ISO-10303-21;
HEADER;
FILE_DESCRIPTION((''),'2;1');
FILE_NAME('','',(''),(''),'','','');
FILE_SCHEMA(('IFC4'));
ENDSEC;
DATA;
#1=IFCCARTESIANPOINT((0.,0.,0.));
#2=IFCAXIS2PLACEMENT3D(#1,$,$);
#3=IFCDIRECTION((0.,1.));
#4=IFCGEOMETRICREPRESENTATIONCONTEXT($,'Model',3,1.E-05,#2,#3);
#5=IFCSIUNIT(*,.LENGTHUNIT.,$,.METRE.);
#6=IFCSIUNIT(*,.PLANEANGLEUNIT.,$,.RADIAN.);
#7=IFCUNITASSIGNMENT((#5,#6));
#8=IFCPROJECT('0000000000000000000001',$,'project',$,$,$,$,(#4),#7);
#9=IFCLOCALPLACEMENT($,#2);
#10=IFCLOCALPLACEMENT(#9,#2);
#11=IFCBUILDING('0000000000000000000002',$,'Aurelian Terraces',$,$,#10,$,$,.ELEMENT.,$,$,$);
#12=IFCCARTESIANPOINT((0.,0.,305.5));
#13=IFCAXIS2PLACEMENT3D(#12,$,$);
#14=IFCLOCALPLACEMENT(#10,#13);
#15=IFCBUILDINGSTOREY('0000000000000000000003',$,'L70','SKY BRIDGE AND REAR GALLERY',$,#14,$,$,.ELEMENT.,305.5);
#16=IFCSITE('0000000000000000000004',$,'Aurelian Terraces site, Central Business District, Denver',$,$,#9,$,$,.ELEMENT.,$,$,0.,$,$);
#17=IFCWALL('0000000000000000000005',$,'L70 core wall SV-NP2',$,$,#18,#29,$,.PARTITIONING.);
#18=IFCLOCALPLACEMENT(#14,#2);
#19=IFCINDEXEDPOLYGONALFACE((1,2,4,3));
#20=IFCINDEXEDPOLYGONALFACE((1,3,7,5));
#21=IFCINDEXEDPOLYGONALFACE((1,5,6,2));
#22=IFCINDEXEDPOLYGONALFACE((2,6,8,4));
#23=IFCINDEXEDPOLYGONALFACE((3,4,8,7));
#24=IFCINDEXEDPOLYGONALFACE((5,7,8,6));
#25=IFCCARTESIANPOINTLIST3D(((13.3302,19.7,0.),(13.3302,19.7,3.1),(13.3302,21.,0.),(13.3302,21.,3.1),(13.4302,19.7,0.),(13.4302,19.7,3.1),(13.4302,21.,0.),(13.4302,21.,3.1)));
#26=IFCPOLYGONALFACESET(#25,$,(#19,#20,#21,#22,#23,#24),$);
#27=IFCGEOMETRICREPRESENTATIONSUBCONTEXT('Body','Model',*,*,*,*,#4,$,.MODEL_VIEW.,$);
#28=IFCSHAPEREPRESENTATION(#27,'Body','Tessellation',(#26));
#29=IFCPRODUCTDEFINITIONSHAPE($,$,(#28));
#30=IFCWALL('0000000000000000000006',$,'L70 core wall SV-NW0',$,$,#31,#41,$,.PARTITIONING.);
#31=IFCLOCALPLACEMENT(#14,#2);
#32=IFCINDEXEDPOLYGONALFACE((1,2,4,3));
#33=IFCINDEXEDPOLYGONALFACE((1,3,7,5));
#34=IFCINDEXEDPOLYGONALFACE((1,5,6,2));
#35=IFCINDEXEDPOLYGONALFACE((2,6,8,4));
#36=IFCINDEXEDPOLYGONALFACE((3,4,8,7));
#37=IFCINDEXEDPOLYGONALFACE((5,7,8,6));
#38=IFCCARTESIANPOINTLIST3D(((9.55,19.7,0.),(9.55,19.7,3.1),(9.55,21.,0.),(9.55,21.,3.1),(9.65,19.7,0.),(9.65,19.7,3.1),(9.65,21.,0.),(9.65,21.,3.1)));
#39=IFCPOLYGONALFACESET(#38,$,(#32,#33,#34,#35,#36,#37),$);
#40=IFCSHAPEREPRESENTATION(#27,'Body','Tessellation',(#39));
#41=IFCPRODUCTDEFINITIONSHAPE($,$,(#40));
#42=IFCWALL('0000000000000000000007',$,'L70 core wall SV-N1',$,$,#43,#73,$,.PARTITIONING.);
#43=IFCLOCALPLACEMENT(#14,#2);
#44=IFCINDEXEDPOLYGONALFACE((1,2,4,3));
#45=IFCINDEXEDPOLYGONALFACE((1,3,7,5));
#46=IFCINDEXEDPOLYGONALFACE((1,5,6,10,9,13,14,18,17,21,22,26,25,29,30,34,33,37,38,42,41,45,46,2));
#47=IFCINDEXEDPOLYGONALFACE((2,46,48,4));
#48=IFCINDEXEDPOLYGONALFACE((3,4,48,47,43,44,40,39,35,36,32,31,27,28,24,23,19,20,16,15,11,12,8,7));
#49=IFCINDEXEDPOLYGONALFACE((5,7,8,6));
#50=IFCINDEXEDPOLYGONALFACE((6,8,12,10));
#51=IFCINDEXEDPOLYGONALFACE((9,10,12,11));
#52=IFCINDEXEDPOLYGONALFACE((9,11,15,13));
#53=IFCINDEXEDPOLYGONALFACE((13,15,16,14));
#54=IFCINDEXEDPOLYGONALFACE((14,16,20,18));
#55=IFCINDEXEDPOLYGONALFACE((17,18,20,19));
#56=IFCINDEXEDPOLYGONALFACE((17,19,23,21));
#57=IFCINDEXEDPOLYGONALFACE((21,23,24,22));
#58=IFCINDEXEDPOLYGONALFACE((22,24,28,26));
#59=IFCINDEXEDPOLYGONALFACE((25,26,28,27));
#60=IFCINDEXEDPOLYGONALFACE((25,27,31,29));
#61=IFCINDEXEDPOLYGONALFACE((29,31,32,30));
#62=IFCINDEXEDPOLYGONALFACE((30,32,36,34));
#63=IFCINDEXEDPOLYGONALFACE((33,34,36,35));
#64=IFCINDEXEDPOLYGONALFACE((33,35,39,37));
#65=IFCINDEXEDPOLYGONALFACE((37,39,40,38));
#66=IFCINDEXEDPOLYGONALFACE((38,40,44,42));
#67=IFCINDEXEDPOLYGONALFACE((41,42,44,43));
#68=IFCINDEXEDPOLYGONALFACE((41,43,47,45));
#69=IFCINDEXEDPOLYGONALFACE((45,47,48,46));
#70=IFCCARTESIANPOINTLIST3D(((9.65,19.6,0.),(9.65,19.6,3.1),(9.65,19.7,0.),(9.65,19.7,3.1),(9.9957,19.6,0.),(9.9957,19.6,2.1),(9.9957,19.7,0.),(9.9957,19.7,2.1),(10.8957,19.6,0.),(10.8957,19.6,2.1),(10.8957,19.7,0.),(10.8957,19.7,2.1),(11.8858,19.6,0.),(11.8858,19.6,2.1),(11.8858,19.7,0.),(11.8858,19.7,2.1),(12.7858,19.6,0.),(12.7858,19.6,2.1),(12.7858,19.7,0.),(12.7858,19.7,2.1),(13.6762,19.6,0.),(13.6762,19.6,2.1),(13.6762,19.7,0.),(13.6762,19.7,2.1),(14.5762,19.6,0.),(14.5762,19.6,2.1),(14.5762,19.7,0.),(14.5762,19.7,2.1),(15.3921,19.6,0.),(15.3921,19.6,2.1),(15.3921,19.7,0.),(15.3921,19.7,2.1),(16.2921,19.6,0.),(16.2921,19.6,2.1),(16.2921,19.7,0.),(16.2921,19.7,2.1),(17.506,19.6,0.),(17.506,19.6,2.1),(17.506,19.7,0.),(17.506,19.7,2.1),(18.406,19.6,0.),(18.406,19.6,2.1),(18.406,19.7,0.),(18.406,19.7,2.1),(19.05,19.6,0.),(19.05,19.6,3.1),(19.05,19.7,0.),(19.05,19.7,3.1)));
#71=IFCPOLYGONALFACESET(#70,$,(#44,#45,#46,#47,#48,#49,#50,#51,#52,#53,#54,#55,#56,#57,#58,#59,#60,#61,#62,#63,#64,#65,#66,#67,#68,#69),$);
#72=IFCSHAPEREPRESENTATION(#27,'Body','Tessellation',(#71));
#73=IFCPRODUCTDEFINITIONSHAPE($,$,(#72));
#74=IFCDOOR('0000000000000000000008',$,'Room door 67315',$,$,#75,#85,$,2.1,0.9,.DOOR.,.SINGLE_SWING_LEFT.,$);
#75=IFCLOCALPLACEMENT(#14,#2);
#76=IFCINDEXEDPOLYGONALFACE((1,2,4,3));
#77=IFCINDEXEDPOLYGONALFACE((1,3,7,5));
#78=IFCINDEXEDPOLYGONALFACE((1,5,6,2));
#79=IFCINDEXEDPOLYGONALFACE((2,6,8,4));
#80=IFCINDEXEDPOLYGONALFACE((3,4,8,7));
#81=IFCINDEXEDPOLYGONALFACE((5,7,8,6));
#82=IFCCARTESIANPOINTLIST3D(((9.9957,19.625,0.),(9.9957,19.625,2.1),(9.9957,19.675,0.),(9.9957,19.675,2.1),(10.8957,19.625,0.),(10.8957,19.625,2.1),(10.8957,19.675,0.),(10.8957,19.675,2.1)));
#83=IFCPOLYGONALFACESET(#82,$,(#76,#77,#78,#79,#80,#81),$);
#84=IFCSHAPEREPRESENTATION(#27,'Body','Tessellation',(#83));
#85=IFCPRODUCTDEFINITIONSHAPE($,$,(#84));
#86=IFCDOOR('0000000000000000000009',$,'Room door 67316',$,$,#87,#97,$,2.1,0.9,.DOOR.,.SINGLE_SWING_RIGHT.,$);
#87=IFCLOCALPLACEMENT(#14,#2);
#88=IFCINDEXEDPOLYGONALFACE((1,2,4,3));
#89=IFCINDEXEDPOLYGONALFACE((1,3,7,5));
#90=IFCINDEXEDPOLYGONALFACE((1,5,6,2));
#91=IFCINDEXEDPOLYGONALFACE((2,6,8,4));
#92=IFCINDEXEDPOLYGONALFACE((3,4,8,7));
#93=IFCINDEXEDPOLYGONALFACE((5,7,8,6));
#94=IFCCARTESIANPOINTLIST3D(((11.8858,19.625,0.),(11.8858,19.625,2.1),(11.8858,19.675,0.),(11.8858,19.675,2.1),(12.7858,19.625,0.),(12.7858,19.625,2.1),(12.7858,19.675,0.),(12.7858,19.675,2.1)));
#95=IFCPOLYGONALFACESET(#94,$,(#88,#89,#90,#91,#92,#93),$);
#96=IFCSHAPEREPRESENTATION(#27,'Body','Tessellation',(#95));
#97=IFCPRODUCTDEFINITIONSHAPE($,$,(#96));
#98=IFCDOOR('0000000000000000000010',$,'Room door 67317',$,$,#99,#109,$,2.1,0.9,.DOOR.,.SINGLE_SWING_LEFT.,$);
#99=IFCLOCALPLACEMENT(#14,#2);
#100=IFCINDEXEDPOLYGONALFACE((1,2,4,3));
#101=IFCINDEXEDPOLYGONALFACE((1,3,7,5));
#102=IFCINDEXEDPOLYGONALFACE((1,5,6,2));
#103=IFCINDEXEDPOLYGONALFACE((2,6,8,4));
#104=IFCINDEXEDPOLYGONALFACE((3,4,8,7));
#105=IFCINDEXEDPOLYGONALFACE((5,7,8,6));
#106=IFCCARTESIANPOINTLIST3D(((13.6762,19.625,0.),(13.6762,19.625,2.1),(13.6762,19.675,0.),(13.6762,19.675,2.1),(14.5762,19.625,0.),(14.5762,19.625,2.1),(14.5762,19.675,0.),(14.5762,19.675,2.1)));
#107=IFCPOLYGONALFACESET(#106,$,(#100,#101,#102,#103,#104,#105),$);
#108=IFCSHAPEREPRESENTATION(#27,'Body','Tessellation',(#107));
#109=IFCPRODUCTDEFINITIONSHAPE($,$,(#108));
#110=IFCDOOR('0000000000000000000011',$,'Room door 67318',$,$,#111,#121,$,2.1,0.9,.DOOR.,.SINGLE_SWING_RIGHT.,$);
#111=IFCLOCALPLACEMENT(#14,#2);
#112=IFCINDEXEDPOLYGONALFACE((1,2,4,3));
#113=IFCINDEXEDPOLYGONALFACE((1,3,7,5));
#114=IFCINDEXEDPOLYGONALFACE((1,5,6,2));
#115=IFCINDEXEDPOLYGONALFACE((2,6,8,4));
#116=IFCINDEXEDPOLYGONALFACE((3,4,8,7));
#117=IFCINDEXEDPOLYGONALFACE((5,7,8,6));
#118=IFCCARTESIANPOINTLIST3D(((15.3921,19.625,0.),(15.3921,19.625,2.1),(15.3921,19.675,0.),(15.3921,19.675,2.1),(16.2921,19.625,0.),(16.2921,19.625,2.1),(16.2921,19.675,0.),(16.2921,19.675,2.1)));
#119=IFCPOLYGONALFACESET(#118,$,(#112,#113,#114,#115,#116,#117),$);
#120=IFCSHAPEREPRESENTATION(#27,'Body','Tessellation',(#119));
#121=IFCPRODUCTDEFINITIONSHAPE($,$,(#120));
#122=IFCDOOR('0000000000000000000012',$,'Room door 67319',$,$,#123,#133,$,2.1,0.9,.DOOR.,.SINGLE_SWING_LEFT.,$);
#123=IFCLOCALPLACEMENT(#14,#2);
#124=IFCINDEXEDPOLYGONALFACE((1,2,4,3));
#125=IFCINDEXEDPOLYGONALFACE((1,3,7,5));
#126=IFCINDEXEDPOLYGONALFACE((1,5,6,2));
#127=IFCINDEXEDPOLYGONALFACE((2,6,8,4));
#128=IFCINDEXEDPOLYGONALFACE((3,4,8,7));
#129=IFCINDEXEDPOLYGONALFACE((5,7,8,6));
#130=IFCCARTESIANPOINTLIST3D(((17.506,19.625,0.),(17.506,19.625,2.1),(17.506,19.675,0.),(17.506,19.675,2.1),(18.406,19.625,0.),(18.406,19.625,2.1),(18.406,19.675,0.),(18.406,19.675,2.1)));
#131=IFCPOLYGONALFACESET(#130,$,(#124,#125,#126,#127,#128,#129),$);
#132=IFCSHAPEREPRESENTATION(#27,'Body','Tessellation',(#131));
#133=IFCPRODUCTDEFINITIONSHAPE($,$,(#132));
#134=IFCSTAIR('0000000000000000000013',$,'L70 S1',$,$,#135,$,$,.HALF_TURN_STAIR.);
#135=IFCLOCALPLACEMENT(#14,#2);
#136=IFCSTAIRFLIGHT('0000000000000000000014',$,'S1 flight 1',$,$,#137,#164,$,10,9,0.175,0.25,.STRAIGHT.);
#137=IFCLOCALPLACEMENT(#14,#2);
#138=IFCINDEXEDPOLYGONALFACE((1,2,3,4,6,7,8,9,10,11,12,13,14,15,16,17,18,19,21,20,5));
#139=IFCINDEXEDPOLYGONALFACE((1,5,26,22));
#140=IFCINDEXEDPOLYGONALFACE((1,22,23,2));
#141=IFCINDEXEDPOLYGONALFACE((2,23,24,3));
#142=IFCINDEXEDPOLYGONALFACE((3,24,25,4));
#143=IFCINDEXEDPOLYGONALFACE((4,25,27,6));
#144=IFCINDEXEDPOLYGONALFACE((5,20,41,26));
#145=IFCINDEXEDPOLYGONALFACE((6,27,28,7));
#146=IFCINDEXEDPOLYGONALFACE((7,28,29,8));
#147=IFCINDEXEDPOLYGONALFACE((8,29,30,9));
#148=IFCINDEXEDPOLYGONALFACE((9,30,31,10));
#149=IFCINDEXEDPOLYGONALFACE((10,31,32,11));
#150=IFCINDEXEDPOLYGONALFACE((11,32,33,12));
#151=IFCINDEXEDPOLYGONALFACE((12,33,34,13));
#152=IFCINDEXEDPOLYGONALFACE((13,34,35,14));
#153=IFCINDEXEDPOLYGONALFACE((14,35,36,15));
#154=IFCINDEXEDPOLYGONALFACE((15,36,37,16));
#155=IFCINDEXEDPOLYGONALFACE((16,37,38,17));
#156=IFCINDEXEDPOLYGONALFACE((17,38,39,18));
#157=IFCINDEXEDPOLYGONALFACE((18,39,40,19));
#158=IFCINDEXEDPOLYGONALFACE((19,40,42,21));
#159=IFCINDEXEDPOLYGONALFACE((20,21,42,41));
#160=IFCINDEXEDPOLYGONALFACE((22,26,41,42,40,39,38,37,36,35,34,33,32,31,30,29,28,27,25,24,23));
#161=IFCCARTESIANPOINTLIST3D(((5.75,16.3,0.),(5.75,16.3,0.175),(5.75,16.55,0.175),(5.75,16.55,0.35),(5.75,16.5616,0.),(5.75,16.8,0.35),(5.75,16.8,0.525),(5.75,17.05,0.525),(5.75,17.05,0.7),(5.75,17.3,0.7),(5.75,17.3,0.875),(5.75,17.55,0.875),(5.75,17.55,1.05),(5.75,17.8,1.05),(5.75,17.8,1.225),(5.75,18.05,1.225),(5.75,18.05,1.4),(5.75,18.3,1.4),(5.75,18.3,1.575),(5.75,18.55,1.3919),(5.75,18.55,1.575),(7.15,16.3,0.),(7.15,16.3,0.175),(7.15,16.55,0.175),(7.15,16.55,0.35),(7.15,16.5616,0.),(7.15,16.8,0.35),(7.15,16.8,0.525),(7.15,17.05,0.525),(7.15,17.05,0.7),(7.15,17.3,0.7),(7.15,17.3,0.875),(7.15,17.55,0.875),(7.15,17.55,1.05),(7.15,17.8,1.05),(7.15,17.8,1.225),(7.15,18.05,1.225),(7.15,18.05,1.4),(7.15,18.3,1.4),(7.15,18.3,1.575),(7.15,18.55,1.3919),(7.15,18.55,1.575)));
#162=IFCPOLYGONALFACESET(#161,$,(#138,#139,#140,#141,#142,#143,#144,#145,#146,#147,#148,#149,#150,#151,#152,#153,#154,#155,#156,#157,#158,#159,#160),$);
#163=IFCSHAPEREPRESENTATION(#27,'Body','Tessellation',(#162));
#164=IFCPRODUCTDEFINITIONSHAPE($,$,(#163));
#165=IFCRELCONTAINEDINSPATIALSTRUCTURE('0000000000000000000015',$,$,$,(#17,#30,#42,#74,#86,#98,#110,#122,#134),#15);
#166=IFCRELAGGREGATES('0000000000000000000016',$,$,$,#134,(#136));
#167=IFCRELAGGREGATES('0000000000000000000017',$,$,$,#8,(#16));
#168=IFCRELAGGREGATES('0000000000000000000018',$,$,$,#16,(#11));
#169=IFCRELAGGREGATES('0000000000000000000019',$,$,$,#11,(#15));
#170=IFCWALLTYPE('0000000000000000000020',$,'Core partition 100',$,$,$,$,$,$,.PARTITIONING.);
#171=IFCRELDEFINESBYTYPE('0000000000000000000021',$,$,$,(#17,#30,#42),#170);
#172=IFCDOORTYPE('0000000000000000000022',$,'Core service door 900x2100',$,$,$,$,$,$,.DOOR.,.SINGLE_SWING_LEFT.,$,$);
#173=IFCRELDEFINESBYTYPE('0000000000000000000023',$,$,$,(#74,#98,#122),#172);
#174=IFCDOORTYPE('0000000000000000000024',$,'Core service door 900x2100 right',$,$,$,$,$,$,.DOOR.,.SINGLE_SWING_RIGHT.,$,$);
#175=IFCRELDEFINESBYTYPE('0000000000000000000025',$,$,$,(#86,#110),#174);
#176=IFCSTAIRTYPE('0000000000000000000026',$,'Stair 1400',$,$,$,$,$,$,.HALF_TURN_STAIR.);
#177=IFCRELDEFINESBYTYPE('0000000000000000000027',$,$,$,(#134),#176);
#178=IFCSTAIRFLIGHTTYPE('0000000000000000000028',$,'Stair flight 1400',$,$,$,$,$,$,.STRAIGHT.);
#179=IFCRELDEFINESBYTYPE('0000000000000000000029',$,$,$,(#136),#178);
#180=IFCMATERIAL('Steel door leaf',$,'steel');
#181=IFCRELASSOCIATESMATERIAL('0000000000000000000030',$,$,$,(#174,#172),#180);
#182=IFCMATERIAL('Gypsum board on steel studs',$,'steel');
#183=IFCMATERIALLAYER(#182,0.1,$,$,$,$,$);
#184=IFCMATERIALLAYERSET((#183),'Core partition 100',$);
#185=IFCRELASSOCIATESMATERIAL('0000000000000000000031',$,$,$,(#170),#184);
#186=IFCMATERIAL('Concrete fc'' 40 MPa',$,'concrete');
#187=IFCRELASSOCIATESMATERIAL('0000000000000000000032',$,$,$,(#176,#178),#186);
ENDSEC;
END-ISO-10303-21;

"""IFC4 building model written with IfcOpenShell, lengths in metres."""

from ifc_helpers import new_model, si_unit, direction, frame, frame_2d, origin, place, context, subcontext, project, spatial, polyline, rectangle, outline, extrude, source, transform, mapped, material, layer, layer_set, type_object, element, fill, aggregate, save


model = new_model("IFC4")

# Units and contexts
model_context = context("Model", 3, precision=1e-05, world=origin(), true_north=direction((0.0, 1.0)))
body_context = subcontext(model_context, "Body", "Model", "MODEL_VIEW")
ifc_project = project(units=[si_unit("LENGTHUNIT", "METRE"), si_unit("PLANEANGLEUNIT", "RADIAN")], contexts=[model_context])

# Site, building, storey
site_placement = place(None, origin())
site = spatial("IfcSite", under=ifc_project, at=site_placement, Name="Aurelian Terraces site, Central Business District, Denver", CompositionType="ELEMENT", RefElevation=0.0)
building_placement = place(site_placement, origin())
building = spatial("IfcBuilding", under=site, at=building_placement, Name="Aurelian Terraces", CompositionType="ELEMENT")
storey_placement = place(building_placement, frame((0.0, 0.0, 305.5)))
storey = spatial("IfcBuildingStorey", under=building, at=storey_placement, Name="L70", Description="SKY BRIDGE AND REAR GALLERY", CompositionType="ELEMENT", Elevation=305.5)

# Shared definitions
ifc_material_1 = material(Name="Concrete fc' 40 MPa", Category="concrete")
ifc_material_2 = material(Name="Gypsum board on steel studs", Category="steel")

# Shared definitions
ifc_material_3 = material(Name="Steel door leaf", Category="steel")

# Shared definitions
door_type_1 = type_object("IfcDoorType", Name="Core service door 900x2100 right", OperationType="SINGLE_SWING_RIGHT", PredefinedType="DOOR", material=ifc_material_3)
shared_shape_1 = source(origin(), body_context, "Body", "SweptSolid", [
    extrude(rectangle(XDim=0.9, YDim=2.1, at=frame_2d((0.45, 1.05))), frame((0.0, 0.025, 0.0), z_axis=(0.0, -1.0, 0.0), x_axis=(1.0, 0.0, 0.0)), (0.0, 0.0, 1.0), 0.05),
])
door_type_2 = type_object("IfcDoorType", Name="Core service door 900x2100", OperationType="SINGLE_SWING_LEFT", PredefinedType="DOOR", material=ifc_material_3)

# Walls
ifc_layer_1 = layer(ifc_material_2, 0.1)
ifc_layer_set_1 = layer_set([ifc_layer_1], Name="Core partition 100")
wall_type_1 = type_object("IfcWallType", Name="Core partition 100", PredefinedType="PARTITIONING", material=ifc_layer_set_1)
shared_shape_2 = source(origin(), body_context, "Body", "SweptSolid", [
    extrude(rectangle(XDim=1.3, YDim=0.1, at=frame_2d((0.65, 0.0))), origin(), (0.0, 0.0, 1.0), 3.1),
])
for number, where, z_axis, x_axis, name in (
    (1, (13.3802, 19.7, 0.0), (0.0, 0.0, 1.0), (0.0, 1.0, 0.0), "L70 core wall SV-NP2"),
    (2, (9.6, 19.7, 0.0), (0.0, 0.0, 1.0), (0.0, 1.0, 0.0), "L70 core wall SV-NW0"),
):
    element("IfcWall", number, at=place(storey_placement, frame(where, z_axis=z_axis, x_axis=x_axis)), inside=storey, type_object=wall_type_1, Name=name, PredefinedType="PARTITIONING", context=body_context, shape_type="MappedRepresentation", body=[
        mapped(shared_shape_2, transform((0.0, 0.0, 0.0), scale=1.0)),
    ])

# Wall, openings, doors
shared_shape_3 = source(origin(), body_context, "Body", "SweptSolid", [
    extrude(rectangle(XDim=9.4, YDim=0.1, at=frame_2d((4.7, 0.0))), origin(), (0.0, 0.0, 1.0), 3.1),
])
wall_1_placement = place(storey_placement, frame((9.65, 19.65, 0.0), z_axis=(0.0, 0.0, 1.0), x_axis=(1.0, 0.0, 0.0)))
wall_1 = element("IfcWall", 3, at=wall_1_placement, inside=storey, type_object=wall_type_1, Name="L70 core wall SV-N1", PredefinedType="PARTITIONING", context=body_context, shape_type="MappedRepresentation", body=[
    mapped(shared_shape_3, transform((0.0, 0.0, 0.0), scale=1.0)),
])
shared_shape_4 = source(origin(), body_context, "Body", "SweptSolid", [
    extrude(rectangle(XDim=0.9, YDim=2.1, at=frame_2d((0.45, 1.05))), frame((0.0, 0.06, 0.0), z_axis=(0.0, -1.0, 0.0), x_axis=(1.0, 0.0, 0.0)), (0.0, 0.0, 1.0), 0.12),
])
opening_1_placement = place(wall_1_placement, frame((0.3457, 0.0, 0.0)))
opening_1 = element("IfcOpeningElement", 4, at=opening_1_placement, cuts=wall_1, PredefinedType="OPENING", context=body_context, shape_type="MappedRepresentation", body=[
    mapped(shared_shape_4, transform((0.0, 0.0, 0.0), scale=1.0)),
])
opening_2_placement = place(wall_1_placement, frame((2.2358, 0.0, 0.0)))
opening_2 = element("IfcOpeningElement", 5, at=opening_2_placement, cuts=wall_1, PredefinedType="OPENING", context=body_context, shape_type="MappedRepresentation", body=[
    mapped(shared_shape_4, transform((0.0, 0.0, 0.0), scale=1.0)),
])
opening_3_placement = place(wall_1_placement, frame((4.0262, 0.0, 0.0)))
opening_3 = element("IfcOpeningElement", 6, at=opening_3_placement, cuts=wall_1, PredefinedType="OPENING", context=body_context, shape_type="MappedRepresentation", body=[
    mapped(shared_shape_4, transform((0.0, 0.0, 0.0), scale=1.0)),
])
opening_4_placement = place(wall_1_placement, frame((5.7421, 0.0, 0.0)))
opening_4 = element("IfcOpeningElement", 7, at=opening_4_placement, cuts=wall_1, PredefinedType="OPENING", context=body_context, shape_type="MappedRepresentation", body=[
    mapped(shared_shape_4, transform((0.0, 0.0, 0.0), scale=1.0)),
])
opening_5_placement = place(wall_1_placement, frame((7.856, 0.0, 0.0)))
opening_5 = element("IfcOpeningElement", 8, at=opening_5_placement, cuts=wall_1, PredefinedType="OPENING", context=body_context, shape_type="MappedRepresentation", body=[
    mapped(shared_shape_4, transform((0.0, 0.0, 0.0), scale=1.0)),
])
door_1_placement = place(opening_1_placement, origin())
door_1 = element("IfcDoor", 9, at=door_1_placement, inside=storey, type_object=door_type_2, Name="Room door 67315", OperationType="SINGLE_SWING_LEFT", OverallHeight=2.1, OverallWidth=0.9, PredefinedType="DOOR", context=body_context, shape_type="MappedRepresentation", body=[
    mapped(shared_shape_1, transform((0.0, 0.0, 0.0), scale=1.0)),
])
fill(opening_1, door_1)
door_2_placement = place(opening_2_placement, origin())
door_2 = element("IfcDoor", 10, at=door_2_placement, inside=storey, type_object=door_type_1, Name="Room door 67316", OperationType="SINGLE_SWING_RIGHT", OverallHeight=2.1, OverallWidth=0.9, PredefinedType="DOOR", context=body_context, shape_type="MappedRepresentation", body=[
    mapped(shared_shape_1, transform((0.0, 0.0, 0.0), scale=1.0)),
])
fill(opening_2, door_2)
door_3_placement = place(opening_3_placement, origin())
door_3 = element("IfcDoor", 11, at=door_3_placement, inside=storey, type_object=door_type_2, Name="Room door 67317", OperationType="SINGLE_SWING_LEFT", OverallHeight=2.1, OverallWidth=0.9, PredefinedType="DOOR", context=body_context, shape_type="MappedRepresentation", body=[
    mapped(shared_shape_1, transform((0.0, 0.0, 0.0), scale=1.0)),
])
fill(opening_3, door_3)
door_4_placement = place(opening_4_placement, origin())
door_4 = element("IfcDoor", 12, at=door_4_placement, inside=storey, type_object=door_type_1, Name="Room door 67318", OperationType="SINGLE_SWING_RIGHT", OverallHeight=2.1, OverallWidth=0.9, PredefinedType="DOOR", context=body_context, shape_type="MappedRepresentation", body=[
    mapped(shared_shape_1, transform((0.0, 0.0, 0.0), scale=1.0)),
])
fill(opening_4, door_4)
door_5_placement = place(opening_5_placement, origin())
door_5 = element("IfcDoor", 13, at=door_5_placement, inside=storey, type_object=door_type_2, Name="Room door 67319", OperationType="SINGLE_SWING_LEFT", OverallHeight=2.1, OverallWidth=0.9, PredefinedType="DOOR", context=body_context, shape_type="MappedRepresentation", body=[
    mapped(shared_shape_1, transform((0.0, 0.0, 0.0), scale=1.0)),
])
fill(opening_5, door_5)

# Stair, stair flight
stair_type = type_object("IfcStairType", Name="Stair 1400", PredefinedType="HALF_TURN_STAIR", material=ifc_material_1)
stair_placement = place(storey_placement, origin())
stair = element("IfcStair", 14, at=stair_placement, inside=storey, type_object=stair_type, Name="L70 S1", PredefinedType="HALF_TURN_STAIR")
stair_flight_type = type_object("IfcStairFlightType", Name="Stair flight 1400", PredefinedType="STRAIGHT", material=ifc_material_1)
shared_shape_5 = source(origin(), body_context, "Body", "SweptSolid", [
    extrude(outline(polyline([(0.0, 0.0), (0.0, 0.175), (0.25, 0.175), (0.25, 0.35), (0.5, 0.35), (0.5, 0.525), (0.75, 0.525), (0.75, 0.7), (1.0, 0.7), (1.0, 0.875), (1.25, 0.875), (1.25, 1.05), (1.5, 1.05), (1.5, 1.225), (1.75, 1.225), (1.75, 1.4), (2.0, 1.4), (2.0, 1.575), (2.25, 1.575), (2.25, 1.75), (2.25, 1.3919), (0.2616, 0.0), (0.0, 0.0)])), frame((0.0, 0.7, 0.0), z_axis=(0.0, -1.0, 0.0), x_axis=(1.0, 0.0, 0.0)), (0.0, 0.0, 1.0), 1.4),
])
stair_flight_placement = place(storey_placement, frame((6.45, 16.3, 0.0), z_axis=(0.0, 0.0, 1.0), x_axis=(0.0, 1.0, 0.0)))
stair_flight = element("IfcStairFlight", 15, at=stair_flight_placement, type_object=stair_flight_type, Name="S1 flight 1", NumberOfRisers=10, NumberOfTreads=9, PredefinedType="STRAIGHT", RiserHeight=0.175, TreadLength=0.25, context=body_context, shape_type="MappedRepresentation", body=[
    mapped(shared_shape_5, transform((0.0, 0.0, 0.0), scale=1.0)),
])
aggregate(stair, [stair_flight])

save(model, "model.ifc")
